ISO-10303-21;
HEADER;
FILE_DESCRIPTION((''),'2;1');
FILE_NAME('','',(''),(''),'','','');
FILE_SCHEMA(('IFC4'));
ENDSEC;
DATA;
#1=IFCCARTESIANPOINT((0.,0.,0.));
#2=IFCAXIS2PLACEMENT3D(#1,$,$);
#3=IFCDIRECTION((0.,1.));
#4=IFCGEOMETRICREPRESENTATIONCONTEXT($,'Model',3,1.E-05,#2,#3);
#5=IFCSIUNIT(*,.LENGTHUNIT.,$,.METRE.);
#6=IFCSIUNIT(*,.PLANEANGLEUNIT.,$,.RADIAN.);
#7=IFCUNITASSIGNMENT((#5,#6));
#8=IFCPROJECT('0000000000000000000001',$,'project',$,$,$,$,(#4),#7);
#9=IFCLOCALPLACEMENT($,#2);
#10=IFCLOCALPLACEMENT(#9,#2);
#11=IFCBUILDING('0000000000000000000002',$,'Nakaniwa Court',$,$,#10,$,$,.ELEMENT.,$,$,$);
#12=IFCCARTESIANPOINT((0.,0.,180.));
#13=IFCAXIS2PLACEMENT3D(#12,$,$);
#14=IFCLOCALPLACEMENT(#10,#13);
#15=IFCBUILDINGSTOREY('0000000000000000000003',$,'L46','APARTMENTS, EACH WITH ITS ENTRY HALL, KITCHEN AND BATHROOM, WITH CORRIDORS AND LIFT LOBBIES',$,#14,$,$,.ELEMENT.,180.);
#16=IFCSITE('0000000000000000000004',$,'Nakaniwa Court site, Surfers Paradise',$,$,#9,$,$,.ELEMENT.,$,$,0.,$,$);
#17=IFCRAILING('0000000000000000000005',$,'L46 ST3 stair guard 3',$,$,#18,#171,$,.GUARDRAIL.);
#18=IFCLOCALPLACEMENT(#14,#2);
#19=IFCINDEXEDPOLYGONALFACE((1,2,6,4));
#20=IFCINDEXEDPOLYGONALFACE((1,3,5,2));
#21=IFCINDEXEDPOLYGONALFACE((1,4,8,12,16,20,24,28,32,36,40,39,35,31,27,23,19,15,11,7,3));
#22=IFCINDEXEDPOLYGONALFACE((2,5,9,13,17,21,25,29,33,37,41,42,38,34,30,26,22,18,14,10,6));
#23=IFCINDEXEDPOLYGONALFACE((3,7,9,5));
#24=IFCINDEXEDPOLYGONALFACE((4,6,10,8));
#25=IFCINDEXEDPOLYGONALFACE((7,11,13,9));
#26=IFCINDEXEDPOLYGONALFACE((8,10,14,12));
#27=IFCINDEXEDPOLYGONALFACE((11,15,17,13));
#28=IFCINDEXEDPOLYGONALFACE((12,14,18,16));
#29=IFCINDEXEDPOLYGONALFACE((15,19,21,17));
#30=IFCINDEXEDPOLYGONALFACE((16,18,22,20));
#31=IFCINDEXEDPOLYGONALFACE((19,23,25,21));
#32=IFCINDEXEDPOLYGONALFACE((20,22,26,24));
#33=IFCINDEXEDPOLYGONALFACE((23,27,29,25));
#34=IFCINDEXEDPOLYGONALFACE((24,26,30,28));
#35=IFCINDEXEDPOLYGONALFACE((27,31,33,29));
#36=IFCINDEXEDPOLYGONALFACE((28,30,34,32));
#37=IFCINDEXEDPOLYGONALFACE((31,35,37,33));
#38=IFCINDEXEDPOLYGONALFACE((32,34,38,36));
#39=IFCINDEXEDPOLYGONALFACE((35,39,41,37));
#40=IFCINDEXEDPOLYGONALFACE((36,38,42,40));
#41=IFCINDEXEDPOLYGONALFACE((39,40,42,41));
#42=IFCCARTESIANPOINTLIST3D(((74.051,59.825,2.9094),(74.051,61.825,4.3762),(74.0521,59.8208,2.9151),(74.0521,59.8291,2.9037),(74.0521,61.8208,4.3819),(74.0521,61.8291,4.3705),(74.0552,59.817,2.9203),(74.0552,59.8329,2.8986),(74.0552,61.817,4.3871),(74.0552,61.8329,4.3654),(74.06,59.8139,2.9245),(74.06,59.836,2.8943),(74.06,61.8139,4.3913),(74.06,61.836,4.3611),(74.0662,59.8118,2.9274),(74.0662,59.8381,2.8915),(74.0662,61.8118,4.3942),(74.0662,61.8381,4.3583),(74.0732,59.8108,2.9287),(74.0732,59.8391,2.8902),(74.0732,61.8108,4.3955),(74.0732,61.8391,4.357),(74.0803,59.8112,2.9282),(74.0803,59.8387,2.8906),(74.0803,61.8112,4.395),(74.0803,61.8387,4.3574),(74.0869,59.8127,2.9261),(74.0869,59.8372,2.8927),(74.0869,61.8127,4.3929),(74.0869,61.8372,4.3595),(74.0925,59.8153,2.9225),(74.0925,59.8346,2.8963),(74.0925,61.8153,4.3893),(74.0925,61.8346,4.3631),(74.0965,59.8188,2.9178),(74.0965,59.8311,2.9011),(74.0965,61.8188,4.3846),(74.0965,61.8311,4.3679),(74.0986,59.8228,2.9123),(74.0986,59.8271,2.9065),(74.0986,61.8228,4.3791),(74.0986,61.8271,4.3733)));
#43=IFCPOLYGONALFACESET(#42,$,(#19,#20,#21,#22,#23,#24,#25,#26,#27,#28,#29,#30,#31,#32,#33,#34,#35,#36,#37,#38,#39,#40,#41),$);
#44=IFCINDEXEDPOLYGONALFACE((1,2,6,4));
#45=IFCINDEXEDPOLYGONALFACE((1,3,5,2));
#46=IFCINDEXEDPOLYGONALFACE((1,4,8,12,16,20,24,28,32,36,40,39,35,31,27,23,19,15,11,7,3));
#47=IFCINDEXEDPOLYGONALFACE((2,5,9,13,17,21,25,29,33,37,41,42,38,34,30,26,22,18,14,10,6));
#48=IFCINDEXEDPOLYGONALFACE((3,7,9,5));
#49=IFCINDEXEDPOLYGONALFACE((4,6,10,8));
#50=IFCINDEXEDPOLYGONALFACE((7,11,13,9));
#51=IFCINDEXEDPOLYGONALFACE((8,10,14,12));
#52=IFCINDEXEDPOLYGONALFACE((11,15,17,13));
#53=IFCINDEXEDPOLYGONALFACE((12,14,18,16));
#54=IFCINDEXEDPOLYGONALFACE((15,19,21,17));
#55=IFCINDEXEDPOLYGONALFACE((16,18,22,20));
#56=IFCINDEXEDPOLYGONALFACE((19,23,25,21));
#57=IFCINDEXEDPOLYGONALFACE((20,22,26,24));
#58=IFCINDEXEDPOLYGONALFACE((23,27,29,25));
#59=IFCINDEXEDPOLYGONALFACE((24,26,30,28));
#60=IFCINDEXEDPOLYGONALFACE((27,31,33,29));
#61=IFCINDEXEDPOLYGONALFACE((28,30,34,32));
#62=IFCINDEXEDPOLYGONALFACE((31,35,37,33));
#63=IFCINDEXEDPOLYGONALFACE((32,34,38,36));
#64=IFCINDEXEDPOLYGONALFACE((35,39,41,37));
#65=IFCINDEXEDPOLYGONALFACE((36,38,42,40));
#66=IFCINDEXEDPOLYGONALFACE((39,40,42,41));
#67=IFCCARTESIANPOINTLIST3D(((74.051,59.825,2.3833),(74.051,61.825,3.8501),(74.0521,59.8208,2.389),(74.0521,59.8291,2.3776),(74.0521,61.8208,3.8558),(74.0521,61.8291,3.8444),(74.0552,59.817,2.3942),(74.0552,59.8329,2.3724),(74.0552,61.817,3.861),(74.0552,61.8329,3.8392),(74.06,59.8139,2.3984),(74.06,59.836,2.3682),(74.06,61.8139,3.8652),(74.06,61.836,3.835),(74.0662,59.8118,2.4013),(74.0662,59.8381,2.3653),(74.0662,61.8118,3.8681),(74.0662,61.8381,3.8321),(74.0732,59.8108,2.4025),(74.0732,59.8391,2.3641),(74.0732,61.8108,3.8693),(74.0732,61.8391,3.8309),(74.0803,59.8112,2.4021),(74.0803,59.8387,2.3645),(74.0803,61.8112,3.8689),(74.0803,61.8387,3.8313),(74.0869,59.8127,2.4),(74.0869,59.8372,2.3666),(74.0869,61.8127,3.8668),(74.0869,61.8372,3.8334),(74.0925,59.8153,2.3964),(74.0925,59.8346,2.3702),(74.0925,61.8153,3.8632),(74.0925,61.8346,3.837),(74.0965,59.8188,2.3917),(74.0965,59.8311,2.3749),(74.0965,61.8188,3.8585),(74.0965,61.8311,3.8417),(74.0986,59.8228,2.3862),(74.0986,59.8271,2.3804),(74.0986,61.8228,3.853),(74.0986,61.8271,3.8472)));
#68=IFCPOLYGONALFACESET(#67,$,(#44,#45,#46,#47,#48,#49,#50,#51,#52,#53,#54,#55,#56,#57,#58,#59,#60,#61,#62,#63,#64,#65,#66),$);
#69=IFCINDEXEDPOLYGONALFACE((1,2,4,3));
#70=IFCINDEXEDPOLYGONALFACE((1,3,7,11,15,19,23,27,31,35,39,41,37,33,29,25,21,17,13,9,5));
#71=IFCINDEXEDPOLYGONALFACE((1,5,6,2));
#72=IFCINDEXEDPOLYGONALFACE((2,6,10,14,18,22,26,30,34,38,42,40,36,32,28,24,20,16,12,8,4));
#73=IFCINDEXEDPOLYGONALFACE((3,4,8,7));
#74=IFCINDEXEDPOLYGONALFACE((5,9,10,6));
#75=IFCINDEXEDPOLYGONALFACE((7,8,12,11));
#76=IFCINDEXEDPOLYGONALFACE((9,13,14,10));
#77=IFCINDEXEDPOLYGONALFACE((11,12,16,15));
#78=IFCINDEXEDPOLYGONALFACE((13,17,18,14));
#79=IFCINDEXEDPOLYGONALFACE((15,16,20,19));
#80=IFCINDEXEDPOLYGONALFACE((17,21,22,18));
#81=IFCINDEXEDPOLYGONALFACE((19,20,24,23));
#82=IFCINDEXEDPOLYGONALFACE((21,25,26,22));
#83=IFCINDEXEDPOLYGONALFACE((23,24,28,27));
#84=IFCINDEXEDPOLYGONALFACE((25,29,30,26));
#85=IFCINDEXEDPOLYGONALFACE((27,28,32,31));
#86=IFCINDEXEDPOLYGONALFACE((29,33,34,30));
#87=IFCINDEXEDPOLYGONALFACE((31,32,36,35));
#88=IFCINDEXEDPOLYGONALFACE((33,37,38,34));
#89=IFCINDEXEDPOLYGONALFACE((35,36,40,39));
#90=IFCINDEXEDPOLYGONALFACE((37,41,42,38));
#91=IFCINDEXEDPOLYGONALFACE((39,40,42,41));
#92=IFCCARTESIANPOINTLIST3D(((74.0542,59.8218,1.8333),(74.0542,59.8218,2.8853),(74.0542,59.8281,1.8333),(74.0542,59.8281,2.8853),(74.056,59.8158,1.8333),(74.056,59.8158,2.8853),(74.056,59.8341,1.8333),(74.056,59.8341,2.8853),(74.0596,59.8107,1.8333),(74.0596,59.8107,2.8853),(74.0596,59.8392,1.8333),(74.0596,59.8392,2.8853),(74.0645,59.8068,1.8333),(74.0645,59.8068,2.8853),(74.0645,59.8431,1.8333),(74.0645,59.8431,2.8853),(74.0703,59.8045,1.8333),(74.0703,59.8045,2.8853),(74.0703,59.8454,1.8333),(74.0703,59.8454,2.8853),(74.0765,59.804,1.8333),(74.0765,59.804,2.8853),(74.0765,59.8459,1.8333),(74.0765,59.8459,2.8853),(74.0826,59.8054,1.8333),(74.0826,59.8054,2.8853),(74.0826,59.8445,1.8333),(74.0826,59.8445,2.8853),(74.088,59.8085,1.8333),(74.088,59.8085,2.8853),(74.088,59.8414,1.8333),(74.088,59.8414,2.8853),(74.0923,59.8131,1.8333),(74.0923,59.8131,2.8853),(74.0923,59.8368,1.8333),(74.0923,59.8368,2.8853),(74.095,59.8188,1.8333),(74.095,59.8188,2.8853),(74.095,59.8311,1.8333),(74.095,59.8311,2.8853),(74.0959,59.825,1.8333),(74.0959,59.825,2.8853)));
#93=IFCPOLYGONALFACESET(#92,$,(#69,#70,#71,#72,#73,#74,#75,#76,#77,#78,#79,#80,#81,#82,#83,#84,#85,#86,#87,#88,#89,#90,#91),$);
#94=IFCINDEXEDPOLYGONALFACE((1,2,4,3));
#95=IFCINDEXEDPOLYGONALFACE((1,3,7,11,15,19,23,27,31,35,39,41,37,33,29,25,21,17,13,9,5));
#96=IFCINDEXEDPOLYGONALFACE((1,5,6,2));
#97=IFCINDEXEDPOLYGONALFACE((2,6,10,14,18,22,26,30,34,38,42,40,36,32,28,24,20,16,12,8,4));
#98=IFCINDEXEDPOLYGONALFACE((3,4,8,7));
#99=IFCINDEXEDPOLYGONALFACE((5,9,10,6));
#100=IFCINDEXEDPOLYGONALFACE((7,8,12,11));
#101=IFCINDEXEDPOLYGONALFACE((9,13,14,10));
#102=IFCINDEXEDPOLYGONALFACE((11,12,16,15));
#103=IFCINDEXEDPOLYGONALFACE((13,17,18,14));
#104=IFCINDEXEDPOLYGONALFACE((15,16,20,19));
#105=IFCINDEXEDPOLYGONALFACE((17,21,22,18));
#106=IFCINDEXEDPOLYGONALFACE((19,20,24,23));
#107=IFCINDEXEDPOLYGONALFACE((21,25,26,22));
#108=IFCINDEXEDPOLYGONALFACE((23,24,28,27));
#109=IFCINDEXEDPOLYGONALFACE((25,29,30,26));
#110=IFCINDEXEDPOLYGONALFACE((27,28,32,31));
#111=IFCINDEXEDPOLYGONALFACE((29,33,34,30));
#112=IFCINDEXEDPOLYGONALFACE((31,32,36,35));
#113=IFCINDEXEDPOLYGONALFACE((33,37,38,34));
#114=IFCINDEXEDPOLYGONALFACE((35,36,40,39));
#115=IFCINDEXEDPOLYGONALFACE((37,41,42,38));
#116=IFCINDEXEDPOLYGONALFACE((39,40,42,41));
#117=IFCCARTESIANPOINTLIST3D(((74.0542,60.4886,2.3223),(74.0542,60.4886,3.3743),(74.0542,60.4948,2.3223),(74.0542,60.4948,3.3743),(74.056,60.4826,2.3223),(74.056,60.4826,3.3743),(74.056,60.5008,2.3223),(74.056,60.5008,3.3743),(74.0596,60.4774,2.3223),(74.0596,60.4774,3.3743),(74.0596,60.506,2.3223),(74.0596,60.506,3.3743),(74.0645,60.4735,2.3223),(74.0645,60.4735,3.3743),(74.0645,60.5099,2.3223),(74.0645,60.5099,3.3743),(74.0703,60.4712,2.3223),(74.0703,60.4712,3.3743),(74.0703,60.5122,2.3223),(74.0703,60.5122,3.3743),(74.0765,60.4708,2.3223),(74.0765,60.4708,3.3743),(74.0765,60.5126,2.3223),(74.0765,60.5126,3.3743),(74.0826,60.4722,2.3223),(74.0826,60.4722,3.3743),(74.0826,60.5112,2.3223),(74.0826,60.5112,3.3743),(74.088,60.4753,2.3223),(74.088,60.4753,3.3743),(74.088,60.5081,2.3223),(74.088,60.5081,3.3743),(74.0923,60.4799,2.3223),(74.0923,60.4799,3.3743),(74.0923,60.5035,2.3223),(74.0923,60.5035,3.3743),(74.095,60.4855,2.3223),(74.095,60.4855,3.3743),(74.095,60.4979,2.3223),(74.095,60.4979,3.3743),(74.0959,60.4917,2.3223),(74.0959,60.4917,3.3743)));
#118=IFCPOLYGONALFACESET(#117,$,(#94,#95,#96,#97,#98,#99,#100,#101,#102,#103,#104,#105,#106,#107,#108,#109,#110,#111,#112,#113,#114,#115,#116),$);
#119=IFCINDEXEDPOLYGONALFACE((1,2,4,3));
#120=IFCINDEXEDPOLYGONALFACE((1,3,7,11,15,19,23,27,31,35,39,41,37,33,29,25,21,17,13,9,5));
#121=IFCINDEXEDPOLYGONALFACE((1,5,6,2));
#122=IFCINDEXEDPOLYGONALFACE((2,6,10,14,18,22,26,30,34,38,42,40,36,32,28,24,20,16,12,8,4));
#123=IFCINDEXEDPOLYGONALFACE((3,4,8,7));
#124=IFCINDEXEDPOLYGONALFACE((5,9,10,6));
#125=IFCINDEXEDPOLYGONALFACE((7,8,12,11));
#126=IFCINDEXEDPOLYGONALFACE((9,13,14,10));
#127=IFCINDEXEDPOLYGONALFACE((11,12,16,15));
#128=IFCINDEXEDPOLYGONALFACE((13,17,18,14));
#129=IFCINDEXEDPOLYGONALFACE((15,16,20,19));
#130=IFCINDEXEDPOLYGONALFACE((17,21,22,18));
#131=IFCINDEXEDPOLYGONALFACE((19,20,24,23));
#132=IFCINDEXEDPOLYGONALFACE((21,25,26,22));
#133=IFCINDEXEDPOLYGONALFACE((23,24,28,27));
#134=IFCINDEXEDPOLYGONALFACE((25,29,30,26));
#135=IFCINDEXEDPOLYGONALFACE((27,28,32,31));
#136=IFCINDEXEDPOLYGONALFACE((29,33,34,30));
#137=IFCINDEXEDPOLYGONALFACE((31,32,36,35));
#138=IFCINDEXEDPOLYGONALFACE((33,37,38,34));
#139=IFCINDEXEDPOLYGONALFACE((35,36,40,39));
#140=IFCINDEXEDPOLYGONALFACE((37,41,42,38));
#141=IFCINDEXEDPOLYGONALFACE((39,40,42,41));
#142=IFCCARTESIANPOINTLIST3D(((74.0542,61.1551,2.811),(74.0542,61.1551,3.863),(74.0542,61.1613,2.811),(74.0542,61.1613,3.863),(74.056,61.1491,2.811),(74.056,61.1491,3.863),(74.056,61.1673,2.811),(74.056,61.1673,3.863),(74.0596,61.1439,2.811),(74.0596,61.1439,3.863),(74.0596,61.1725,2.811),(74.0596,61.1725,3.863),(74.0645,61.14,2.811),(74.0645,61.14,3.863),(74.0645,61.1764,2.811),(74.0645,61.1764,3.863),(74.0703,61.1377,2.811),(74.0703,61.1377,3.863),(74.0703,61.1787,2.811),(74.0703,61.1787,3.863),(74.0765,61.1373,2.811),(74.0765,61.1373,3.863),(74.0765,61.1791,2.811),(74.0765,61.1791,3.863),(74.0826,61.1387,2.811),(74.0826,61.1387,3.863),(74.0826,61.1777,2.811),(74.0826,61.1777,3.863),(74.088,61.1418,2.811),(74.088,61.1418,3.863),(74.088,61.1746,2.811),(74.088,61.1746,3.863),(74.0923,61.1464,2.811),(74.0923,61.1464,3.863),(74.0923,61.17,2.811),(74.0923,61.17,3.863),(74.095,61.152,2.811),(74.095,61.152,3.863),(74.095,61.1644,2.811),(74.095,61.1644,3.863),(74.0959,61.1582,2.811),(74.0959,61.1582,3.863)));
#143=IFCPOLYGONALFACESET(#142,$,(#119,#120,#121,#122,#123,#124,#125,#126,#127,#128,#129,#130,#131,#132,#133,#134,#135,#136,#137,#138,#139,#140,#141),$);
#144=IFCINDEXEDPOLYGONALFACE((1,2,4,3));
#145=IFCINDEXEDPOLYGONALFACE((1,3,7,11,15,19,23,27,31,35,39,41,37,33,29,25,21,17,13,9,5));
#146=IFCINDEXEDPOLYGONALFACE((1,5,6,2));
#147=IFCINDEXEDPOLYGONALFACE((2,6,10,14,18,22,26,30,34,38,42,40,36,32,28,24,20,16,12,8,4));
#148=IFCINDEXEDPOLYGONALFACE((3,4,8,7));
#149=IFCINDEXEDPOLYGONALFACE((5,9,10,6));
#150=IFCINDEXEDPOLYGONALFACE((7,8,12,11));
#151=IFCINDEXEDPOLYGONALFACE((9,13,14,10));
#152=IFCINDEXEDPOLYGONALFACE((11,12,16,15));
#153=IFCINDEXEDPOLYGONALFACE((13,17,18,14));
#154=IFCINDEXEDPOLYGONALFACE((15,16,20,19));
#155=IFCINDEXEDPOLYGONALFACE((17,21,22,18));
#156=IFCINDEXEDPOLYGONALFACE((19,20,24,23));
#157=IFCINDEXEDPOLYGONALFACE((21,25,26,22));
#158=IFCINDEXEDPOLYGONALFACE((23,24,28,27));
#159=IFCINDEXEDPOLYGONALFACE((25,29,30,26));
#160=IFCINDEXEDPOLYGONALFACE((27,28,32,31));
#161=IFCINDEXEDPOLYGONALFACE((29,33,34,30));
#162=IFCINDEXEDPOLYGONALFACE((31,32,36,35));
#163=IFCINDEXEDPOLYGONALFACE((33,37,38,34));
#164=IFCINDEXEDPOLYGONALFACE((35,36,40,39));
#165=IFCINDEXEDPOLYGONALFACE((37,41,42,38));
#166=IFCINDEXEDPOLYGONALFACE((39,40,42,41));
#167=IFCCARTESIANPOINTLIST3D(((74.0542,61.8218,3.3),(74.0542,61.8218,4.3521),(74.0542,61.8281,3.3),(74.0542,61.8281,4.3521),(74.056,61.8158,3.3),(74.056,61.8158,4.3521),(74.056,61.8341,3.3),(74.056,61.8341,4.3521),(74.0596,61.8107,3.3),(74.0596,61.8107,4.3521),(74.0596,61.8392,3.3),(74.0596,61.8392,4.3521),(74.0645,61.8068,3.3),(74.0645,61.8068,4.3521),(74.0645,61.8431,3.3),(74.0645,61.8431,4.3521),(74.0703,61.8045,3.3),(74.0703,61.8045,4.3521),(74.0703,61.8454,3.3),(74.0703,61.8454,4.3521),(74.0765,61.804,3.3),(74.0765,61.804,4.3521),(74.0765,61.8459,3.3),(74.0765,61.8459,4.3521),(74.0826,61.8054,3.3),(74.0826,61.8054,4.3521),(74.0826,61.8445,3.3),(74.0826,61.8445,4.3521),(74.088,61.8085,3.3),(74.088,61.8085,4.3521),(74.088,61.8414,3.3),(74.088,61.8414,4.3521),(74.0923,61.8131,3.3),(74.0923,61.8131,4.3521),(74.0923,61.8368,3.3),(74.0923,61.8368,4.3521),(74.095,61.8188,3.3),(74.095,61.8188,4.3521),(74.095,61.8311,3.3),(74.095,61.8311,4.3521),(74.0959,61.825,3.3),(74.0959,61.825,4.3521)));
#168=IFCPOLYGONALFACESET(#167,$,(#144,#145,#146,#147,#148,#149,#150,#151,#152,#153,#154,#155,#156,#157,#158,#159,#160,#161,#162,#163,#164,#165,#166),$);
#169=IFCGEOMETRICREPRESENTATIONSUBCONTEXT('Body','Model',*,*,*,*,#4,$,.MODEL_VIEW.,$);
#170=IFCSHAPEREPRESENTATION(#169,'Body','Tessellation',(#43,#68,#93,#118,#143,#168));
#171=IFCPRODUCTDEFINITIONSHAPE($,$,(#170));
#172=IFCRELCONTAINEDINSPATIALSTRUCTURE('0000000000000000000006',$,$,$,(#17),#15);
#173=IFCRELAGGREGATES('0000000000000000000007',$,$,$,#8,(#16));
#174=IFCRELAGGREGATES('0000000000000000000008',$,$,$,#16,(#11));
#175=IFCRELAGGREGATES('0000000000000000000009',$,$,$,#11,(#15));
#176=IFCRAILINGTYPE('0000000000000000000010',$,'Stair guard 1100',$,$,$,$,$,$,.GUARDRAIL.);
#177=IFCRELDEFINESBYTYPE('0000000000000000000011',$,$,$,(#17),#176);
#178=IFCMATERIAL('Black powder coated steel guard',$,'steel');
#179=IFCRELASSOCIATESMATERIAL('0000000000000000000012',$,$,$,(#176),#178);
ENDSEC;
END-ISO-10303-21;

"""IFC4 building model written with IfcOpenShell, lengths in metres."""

from ifc_helpers import new_model, si_unit, direction, frame, origin, origin_2d, place, context, subcontext, project, spatial, circle, extrude, material, type_object, element, save


model = new_model("IFC4")

# Units and contexts
model_context = context("Model", 3, precision=1e-05, world=origin(), true_north=direction((0.0, 1.0)))
body_context = subcontext(model_context, "Body", "Model", "MODEL_VIEW")
ifc_project = project(units=[si_unit("LENGTHUNIT", "METRE"), si_unit("PLANEANGLEUNIT", "RADIAN")], contexts=[model_context])

# Site, building, storey
site_placement = place(None, origin())
site = spatial("IfcSite", under=ifc_project, at=site_placement, Name="Nakaniwa Court site, Surfers Paradise", CompositionType="ELEMENT", RefElevation=0.0)
building_placement = place(site_placement, origin())
building = spatial("IfcBuilding", under=site, at=building_placement, Name="Nakaniwa Court", CompositionType="ELEMENT")
storey_placement = place(building_placement, frame((0.0, 0.0, 180.0)))
storey = spatial("IfcBuildingStorey", under=building, at=storey_placement, Name="L46", Description="APARTMENTS, EACH WITH ITS ENTRY HALL, KITCHEN AND BATHROOM, WITH CORRIDORS AND LIFT LOBBIES", CompositionType="ELEMENT", Elevation=180.0)

# Railing
ifc_material_1 = material(Name="Black powder coated steel guard", Category="steel")
railing_type_1 = type_object("IfcRailingType", Name="Stair guard 1100", PredefinedType="GUARDRAIL", material=ifc_material_1)
railing_1_placement = place(storey_placement, frame((74.075, 59.825, 1.8333)))
element("IfcRailing", 1, at=railing_1_placement, inside=storey, type_object=railing_type_1, Name="L46 ST3 stair guard 3", PredefinedType="GUARDRAIL", context=body_context, shape_type="SweptSolid", body=[
    extrude(circle(Radius=0.0239, at=origin_2d()), frame((0.0, 0.0, 1.0762), z_axis=(0.0, 0.80638, 0.591398), x_axis=(-1.0, 0.0, 0.0)), (0.0, 0.0, 1.0), 2.4802),
    extrude(circle(Radius=0.0239, at=origin_2d()), frame((0.0, 0.0, 0.55), z_axis=(0.0, 0.80638, 0.591398), x_axis=(-1.0, 0.0, 0.0)), (0.0, 0.0, 1.0), 2.4802),
    extrude(circle(Radius=0.021, at=origin_2d()), origin(), (0.0, 0.0, 1.0), 1.052),
    extrude(circle(Radius=0.021, at=origin_2d()), frame((0.0, 0.6667, 0.489)), (0.0, 0.0, 1.0), 1.052),
    extrude(circle(Radius=0.021, at=origin_2d()), frame((0.0, 1.3333, 0.9778)), (0.0, 0.0, 1.0), 1.052),
    extrude(circle(Radius=0.021, at=origin_2d()), frame((0.0, 2.0, 1.4668)), (0.0, 0.0, 1.0), 1.052),
])

save(model, "model.ifc")
